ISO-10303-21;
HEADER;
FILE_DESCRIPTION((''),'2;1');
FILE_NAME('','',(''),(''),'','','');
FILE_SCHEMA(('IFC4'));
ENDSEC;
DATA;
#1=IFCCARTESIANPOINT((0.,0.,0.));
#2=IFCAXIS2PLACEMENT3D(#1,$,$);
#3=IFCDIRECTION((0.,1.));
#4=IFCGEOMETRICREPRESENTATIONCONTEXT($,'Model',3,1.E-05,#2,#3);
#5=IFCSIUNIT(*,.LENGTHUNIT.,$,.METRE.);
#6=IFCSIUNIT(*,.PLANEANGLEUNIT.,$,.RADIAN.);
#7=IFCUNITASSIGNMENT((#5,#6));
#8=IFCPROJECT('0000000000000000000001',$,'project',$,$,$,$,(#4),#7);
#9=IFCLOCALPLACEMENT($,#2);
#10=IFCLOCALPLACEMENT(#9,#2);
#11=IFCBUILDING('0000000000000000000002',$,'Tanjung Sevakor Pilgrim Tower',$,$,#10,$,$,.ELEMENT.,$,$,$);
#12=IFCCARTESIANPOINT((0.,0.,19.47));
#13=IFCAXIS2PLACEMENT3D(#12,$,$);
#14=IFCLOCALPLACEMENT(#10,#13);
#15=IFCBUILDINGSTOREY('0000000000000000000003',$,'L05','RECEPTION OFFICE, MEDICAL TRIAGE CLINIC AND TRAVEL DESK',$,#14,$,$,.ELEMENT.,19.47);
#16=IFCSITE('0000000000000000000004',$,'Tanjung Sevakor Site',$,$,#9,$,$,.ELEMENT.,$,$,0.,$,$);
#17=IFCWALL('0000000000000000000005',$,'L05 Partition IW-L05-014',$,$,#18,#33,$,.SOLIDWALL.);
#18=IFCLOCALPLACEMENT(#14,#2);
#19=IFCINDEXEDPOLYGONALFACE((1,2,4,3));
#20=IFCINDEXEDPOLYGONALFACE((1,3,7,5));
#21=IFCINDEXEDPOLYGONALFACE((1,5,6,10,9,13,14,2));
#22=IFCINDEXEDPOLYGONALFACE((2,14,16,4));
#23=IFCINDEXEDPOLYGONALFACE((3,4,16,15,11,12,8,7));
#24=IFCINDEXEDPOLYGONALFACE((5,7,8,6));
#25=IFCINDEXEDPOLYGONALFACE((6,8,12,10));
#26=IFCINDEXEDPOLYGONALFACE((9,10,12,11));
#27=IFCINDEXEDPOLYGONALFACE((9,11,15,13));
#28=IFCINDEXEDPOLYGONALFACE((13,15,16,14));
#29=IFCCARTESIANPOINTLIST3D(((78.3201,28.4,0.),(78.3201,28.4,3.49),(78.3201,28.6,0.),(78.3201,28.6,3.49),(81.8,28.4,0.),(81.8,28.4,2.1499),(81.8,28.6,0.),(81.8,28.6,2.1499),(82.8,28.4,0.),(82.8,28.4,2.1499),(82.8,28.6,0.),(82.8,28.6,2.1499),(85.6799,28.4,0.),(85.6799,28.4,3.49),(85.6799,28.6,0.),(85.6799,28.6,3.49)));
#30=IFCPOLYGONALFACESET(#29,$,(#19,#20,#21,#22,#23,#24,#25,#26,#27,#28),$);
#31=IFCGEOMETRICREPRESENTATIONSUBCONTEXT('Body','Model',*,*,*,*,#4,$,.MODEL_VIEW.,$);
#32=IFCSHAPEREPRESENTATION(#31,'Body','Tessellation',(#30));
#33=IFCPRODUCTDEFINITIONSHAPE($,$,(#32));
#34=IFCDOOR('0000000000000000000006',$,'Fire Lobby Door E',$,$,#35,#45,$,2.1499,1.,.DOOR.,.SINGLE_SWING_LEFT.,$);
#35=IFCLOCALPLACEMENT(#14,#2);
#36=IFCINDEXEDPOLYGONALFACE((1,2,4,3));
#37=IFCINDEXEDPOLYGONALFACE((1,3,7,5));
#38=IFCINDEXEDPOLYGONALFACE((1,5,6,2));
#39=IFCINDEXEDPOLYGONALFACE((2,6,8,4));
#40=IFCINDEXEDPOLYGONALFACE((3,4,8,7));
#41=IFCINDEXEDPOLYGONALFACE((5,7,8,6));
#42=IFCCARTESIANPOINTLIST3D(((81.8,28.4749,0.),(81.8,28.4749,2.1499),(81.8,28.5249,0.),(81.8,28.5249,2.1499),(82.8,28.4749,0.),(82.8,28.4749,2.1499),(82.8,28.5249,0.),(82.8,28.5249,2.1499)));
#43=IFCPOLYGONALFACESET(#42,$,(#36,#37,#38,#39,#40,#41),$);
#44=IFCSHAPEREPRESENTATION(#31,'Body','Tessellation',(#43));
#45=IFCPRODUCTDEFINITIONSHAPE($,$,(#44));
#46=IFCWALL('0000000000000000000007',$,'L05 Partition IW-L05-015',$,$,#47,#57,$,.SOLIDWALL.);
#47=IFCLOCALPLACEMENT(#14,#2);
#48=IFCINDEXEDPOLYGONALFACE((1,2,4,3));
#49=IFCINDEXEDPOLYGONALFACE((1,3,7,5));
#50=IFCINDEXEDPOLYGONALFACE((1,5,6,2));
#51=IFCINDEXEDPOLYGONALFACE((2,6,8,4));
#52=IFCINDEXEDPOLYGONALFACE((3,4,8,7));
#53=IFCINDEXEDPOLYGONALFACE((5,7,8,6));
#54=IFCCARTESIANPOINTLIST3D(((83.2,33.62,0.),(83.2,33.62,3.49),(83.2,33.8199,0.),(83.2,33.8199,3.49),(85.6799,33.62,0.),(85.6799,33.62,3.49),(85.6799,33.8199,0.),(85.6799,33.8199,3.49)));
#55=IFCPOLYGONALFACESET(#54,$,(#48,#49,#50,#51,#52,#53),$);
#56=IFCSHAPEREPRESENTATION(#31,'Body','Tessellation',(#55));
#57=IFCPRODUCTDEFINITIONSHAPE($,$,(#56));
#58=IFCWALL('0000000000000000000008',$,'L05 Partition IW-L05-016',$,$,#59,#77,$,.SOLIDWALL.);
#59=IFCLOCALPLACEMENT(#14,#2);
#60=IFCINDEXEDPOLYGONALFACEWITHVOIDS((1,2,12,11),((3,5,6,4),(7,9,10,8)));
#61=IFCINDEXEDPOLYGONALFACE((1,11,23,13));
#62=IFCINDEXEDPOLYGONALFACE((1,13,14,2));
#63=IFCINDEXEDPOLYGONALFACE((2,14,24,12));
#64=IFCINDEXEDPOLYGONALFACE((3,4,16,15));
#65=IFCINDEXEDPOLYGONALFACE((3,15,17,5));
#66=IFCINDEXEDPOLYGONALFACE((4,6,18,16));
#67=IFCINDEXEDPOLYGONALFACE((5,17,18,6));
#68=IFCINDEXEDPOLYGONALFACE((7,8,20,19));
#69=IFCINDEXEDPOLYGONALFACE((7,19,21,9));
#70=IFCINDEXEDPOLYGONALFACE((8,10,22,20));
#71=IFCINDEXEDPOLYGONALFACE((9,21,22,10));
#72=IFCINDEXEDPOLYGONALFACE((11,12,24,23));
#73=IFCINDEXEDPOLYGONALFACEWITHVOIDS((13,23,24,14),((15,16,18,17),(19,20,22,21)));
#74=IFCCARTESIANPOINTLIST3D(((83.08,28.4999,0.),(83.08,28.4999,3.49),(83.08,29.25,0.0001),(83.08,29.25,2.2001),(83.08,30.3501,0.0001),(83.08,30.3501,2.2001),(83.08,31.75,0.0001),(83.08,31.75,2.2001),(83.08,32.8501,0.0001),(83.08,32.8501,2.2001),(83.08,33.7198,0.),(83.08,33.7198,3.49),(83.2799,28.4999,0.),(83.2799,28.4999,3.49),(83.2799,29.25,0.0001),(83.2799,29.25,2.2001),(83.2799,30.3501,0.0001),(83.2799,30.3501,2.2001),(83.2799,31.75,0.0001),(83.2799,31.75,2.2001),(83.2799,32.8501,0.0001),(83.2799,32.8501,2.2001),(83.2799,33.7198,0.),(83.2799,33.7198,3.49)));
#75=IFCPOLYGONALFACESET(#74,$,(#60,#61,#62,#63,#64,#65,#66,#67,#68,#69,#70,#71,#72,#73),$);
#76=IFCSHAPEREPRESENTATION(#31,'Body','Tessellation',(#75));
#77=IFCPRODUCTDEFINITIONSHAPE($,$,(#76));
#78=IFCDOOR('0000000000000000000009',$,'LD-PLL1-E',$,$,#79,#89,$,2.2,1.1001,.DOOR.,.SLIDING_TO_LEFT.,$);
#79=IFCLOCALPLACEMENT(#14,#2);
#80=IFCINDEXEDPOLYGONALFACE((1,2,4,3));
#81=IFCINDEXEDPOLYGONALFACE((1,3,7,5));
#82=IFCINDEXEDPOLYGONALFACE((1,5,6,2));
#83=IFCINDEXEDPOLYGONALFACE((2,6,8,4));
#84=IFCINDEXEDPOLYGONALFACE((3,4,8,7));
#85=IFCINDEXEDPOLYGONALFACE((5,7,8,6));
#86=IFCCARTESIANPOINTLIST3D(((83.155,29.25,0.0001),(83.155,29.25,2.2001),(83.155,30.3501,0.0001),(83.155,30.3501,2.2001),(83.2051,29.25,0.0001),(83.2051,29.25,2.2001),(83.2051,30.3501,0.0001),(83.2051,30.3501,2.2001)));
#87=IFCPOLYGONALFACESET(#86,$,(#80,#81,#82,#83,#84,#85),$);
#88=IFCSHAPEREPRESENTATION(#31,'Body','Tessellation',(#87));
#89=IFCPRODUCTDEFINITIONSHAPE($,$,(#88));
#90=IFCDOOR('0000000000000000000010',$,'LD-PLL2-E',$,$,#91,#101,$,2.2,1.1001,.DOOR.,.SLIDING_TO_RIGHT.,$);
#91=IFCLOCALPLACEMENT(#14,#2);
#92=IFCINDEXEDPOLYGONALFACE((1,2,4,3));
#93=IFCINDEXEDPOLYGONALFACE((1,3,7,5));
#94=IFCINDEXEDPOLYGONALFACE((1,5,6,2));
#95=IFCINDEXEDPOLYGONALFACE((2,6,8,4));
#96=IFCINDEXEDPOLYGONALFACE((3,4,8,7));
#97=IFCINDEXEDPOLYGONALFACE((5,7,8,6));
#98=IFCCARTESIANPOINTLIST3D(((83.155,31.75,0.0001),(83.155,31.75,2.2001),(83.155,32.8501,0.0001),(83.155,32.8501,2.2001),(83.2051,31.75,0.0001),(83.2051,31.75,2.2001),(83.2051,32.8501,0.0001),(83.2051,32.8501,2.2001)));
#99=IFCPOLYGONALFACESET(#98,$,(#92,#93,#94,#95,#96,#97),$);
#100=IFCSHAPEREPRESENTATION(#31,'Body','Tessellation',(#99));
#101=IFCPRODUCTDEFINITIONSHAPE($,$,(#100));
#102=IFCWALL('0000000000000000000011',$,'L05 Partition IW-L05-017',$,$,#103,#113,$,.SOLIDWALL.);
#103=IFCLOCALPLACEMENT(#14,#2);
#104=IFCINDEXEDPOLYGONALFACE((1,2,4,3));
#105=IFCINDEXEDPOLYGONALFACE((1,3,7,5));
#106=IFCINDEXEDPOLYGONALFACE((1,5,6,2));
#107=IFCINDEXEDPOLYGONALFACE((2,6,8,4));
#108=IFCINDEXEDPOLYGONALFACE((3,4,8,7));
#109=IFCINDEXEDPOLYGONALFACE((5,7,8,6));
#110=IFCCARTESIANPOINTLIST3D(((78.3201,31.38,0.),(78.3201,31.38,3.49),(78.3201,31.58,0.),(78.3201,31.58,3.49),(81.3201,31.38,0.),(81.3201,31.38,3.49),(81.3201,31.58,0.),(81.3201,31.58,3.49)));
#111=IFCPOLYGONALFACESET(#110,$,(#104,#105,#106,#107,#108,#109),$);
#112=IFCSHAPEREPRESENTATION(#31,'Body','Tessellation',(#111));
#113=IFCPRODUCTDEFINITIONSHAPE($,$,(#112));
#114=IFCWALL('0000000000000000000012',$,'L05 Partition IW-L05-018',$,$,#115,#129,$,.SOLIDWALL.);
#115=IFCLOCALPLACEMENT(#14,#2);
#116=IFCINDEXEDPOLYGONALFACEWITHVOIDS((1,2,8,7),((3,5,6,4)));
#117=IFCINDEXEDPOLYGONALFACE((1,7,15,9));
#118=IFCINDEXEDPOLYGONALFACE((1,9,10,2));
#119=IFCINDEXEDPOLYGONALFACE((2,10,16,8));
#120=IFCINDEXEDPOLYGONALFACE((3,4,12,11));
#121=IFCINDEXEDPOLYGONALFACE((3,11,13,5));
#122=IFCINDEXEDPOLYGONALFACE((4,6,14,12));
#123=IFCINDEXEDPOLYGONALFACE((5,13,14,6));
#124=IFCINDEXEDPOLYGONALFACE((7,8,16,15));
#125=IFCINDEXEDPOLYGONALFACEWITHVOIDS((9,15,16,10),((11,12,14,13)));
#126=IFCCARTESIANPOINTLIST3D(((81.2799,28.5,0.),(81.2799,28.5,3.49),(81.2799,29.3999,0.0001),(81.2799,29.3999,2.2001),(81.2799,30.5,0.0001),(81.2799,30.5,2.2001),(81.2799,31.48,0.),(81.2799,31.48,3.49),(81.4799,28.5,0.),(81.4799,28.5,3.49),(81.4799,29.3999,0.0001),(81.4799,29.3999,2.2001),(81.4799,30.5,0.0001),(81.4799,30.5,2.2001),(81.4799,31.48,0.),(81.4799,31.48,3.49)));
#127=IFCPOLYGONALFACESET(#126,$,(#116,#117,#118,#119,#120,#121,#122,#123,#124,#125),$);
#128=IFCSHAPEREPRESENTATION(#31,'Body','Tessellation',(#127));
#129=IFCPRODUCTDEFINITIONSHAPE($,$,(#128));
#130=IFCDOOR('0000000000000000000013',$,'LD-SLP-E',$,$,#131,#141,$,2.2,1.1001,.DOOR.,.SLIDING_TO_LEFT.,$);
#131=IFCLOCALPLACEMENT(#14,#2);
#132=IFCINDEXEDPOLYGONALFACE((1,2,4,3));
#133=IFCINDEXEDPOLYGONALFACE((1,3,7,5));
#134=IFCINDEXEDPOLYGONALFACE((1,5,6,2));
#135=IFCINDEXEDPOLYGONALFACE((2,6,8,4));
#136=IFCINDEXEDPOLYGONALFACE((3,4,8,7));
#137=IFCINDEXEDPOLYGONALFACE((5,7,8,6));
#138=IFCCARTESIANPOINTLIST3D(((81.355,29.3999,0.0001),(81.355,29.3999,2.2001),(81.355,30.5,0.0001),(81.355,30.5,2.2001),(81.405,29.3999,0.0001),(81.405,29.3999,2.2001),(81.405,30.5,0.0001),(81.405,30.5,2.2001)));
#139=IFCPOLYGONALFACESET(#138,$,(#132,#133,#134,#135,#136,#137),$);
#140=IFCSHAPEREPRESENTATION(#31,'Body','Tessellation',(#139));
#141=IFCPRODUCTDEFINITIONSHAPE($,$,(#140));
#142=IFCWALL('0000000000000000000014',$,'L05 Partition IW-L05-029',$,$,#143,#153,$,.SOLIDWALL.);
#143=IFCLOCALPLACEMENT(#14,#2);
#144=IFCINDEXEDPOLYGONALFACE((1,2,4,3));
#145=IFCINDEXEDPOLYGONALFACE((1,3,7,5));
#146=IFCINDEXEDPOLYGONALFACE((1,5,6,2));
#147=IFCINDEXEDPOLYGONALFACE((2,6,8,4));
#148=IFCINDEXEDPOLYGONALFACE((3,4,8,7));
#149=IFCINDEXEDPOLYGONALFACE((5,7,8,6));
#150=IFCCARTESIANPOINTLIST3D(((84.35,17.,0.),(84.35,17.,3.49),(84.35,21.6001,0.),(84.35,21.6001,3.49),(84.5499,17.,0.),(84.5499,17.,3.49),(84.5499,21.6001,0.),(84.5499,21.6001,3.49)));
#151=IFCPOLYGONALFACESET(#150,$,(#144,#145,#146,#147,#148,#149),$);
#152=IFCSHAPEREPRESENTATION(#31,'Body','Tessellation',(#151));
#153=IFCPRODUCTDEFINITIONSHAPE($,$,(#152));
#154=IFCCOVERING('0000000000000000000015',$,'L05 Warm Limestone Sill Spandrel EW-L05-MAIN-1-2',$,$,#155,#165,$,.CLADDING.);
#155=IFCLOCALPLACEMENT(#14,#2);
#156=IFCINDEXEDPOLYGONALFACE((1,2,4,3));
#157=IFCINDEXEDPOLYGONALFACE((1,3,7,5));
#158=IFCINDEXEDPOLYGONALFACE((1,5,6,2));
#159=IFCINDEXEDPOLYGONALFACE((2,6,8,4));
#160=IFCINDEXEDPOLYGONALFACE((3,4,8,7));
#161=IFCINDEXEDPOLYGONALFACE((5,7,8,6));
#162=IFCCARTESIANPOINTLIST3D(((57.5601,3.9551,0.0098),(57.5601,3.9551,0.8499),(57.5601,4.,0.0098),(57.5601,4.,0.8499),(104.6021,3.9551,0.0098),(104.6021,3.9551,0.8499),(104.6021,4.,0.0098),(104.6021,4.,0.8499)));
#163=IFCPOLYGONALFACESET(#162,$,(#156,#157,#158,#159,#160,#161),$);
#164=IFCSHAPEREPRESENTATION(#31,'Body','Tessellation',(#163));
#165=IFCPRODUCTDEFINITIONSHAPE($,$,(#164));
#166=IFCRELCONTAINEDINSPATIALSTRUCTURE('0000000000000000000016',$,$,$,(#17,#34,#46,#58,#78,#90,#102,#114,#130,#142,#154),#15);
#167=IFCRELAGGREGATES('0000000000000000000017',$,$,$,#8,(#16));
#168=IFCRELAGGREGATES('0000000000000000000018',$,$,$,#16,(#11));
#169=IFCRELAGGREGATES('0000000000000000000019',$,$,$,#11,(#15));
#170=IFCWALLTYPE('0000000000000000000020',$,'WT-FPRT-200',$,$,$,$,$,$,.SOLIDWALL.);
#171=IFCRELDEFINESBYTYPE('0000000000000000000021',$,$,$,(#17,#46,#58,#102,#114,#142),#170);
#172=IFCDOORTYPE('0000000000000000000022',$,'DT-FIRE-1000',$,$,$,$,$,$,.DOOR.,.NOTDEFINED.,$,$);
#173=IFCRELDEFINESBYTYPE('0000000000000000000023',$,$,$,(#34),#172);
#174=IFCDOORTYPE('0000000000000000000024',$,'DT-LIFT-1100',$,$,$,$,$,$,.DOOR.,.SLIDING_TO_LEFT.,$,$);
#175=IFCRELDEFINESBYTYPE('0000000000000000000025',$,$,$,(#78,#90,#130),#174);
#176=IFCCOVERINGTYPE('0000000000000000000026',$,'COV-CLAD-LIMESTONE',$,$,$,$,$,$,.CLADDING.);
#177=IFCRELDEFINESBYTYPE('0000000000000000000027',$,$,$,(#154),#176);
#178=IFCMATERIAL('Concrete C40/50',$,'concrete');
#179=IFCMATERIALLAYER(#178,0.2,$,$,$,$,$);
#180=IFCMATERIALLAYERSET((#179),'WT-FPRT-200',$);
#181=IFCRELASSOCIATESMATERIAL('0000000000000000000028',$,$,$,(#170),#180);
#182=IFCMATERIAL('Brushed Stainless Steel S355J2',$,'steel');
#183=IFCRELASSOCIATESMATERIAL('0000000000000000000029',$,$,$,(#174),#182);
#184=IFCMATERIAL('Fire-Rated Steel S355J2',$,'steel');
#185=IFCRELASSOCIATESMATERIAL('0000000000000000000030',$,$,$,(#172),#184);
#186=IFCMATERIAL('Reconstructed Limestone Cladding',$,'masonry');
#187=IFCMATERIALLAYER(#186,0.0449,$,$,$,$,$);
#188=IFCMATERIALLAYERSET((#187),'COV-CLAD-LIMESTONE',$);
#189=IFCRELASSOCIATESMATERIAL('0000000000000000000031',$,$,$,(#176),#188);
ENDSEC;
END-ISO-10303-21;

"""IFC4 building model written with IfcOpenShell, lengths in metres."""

from ifc_helpers import new_model, si_unit, direction, frame, frame_2d, origin, origin_2d, place, context, subcontext, project, spatial, rectangle, extrude, material, layer, layer_set, type_object, element, fill, save


model = new_model("IFC4")

# Units and contexts
model_context = context("Model", 3, precision=1e-05, world=origin(), true_north=direction((0.0, 1.0)))
body_context = subcontext(model_context, "Body", "Model", "MODEL_VIEW")
ifc_project = project(units=[si_unit("LENGTHUNIT", "METRE"), si_unit("PLANEANGLEUNIT", "RADIAN")], contexts=[model_context])

# Site, building, storey
site_placement = place(None, origin())
site = spatial("IfcSite", under=ifc_project, at=site_placement, Name="Tanjung Sevakor Site", CompositionType="ELEMENT", RefElevation=0.0)
building_placement = place(site_placement, origin())
building = spatial("IfcBuilding", under=site, at=building_placement, Name="Tanjung Sevakor Pilgrim Tower", CompositionType="ELEMENT")
storey_placement = place(building_placement, frame((0.0, 0.0, 19.47)))
storey = spatial("IfcBuildingStorey", under=building, at=storey_placement, Name="L05", Description="RECEPTION OFFICE, MEDICAL TRIAGE CLINIC AND TRAVEL DESK", CompositionType="ELEMENT", Elevation=19.47)

# Wall, opening, door
ifc_material_1 = material(Name="Concrete C40/50", Category="concrete")
ifc_layer_1 = layer(ifc_material_1, 0.2)
ifc_layer_set_1 = layer_set([ifc_layer_1], Name="WT-FPRT-200")
wall_type_1 = type_object("IfcWallType", Name="WT-FPRT-200", PredefinedType="SOLIDWALL", material=ifc_layer_set_1)
ifc_material_2 = material(Name="Brushed Stainless Steel S355J2", Category="steel")
door_type_1 = type_object("IfcDoorType", Name="DT-LIFT-1100", OperationType="SLIDING_TO_LEFT", PredefinedType="DOOR", material=ifc_material_2)
wall_1_placement = place(storey_placement, frame((78.3201, 28.5, 0.0), z_axis=(0.0, 0.0, 1.0), x_axis=(1.0, 0.0, 0.0)))
wall_1 = element("IfcWall", 1, at=wall_1_placement, inside=storey, type_object=wall_type_1, Name="L05 Partition IW-L05-014", PredefinedType="SOLIDWALL", context=body_context, shape_type="SweptSolid", body=[
    extrude(rectangle(XDim=7.3599, YDim=0.2, at=frame_2d((3.6799, 0.0))), origin(), (0.0, 0.0, 1.0), 3.49),
])
opening_1_placement = place(wall_1_placement, frame((3.48, 0.0, 0.0)))
opening_1 = element("IfcOpeningElement", 2, at=opening_1_placement, cuts=wall_1, PredefinedType="OPENING", context=body_context, shape_type="SweptSolid", body=[
    extrude(rectangle(XDim=1.0, YDim=2.1499, at=frame_2d((0.5, 1.075))), frame((0.0, 0.1099, 0.0), z_axis=(0.0, -1.0, 0.0), x_axis=(1.0, 0.0, 0.0)), (0.0, 0.0, 1.0), 0.22),
])
ifc_material_3 = material(Name="Fire-Rated Steel S355J2", Category="steel")
door_type_2 = type_object("IfcDoorType", Name="DT-FIRE-1000", OperationType="NOTDEFINED", PredefinedType="DOOR", material=ifc_material_3)
door_1_placement = place(opening_1_placement, origin())
door_1 = element("IfcDoor", 3, at=door_1_placement, inside=storey, type_object=door_type_2, Name="Fire Lobby Door E", OperationType="SINGLE_SWING_LEFT", OverallHeight=2.1499, OverallWidth=1.0, PredefinedType="DOOR", context=body_context, shape_type="SweptSolid", body=[
    extrude(rectangle(XDim=1.0, YDim=2.1499, at=frame_2d((0.5, 1.075))), frame((0.0, 0.0249, 0.0), z_axis=(0.0, -1.0, 0.0), x_axis=(1.0, 0.0, 0.0)), (0.0, 0.0, 1.0), 0.05),
])
fill(opening_1, door_1)

# Wall
wall_2_placement = place(storey_placement, frame((83.2, 33.72, 0.0), z_axis=(0.0, 0.0, 1.0), x_axis=(1.0, 0.0, 0.0)))
element("IfcWall", 4, at=wall_2_placement, inside=storey, type_object=wall_type_1, Name="L05 Partition IW-L05-015", PredefinedType="SOLIDWALL", context=body_context, shape_type="SweptSolid", body=[
    extrude(rectangle(XDim=2.48, YDim=0.2, at=frame_2d((1.24, 0.0))), origin(), (0.0, 0.0, 1.0), 3.49),
])

# Wall, openings, doors
wall_3_placement = place(storey_placement, frame((83.1799, 28.5, 0.0), z_axis=(0.0, 0.0, 1.0), x_axis=(0.0, 1.0, 0.0)))
wall_3 = element("IfcWall", 5, at=wall_3_placement, inside=storey, type_object=wall_type_1, Name="L05 Partition IW-L05-016", PredefinedType="SOLIDWALL", context=body_context, shape_type="SweptSolid", body=[
    extrude(rectangle(XDim=5.22, YDim=0.2, at=frame_2d((2.6099, 0.0))), origin(), (0.0, 0.0, 1.0), 3.49),
])
opening_2_placement = place(wall_3_placement, frame((0.75, 0.0, 0.0)))
opening_2 = element("IfcOpeningElement", 6, at=opening_2_placement, cuts=wall_3, PredefinedType="OPENING", context=body_context, shape_type="SweptSolid", body=[
    extrude(rectangle(XDim=1.1001, YDim=2.2, at=frame_2d((0.55, 1.1001))), frame((0.0, 0.1099, 0.0), z_axis=(0.0, -1.0, 0.0), x_axis=(1.0, 0.0, 0.0)), (0.0, 0.0, 1.0), 0.22),
])
opening_3_placement = place(wall_3_placement, frame((3.25, 0.0, 0.0)))
opening_3 = element("IfcOpeningElement", 7, at=opening_3_placement, cuts=wall_3, PredefinedType="OPENING", context=body_context, shape_type="SweptSolid", body=[
    extrude(rectangle(XDim=1.1001, YDim=2.2, at=frame_2d((0.55, 1.1001))), frame((0.0, 0.1099, 0.0), z_axis=(0.0, -1.0, 0.0), x_axis=(1.0, 0.0, 0.0)), (0.0, 0.0, 1.0), 0.22),
])
door_2_placement = place(opening_2_placement, origin())
door_2 = element("IfcDoor", 8, at=door_2_placement, inside=storey, type_object=door_type_1, Name="LD-PLL1-E", OperationType="SLIDING_TO_LEFT", OverallHeight=2.2, OverallWidth=1.1001, PredefinedType="DOOR", context=body_context, shape_type="SweptSolid", body=[
    extrude(rectangle(XDim=1.1001, YDim=2.2, at=frame_2d((0.55, 1.1001))), frame((0.0, 0.0249, 0.0), z_axis=(0.0, -1.0, 0.0), x_axis=(1.0, 0.0, 0.0)), (0.0, 0.0, 1.0), 0.05),
])
fill(opening_2, door_2)
door_3_placement = place(opening_3_placement, origin())
door_3 = element("IfcDoor", 9, at=door_3_placement, inside=storey, type_object=door_type_1, Name="LD-PLL2-E", OperationType="SLIDING_TO_RIGHT", OverallHeight=2.2, OverallWidth=1.1001, PredefinedType="DOOR", context=body_context, shape_type="SweptSolid", body=[
    extrude(rectangle(XDim=1.1001, YDim=2.2, at=frame_2d((0.55, 1.1001))), frame((0.0, 0.0249, 0.0), z_axis=(0.0, -1.0, 0.0), x_axis=(1.0, 0.0, 0.0)), (0.0, 0.0, 1.0), 0.05),
])
fill(opening_3, door_3)

# Wall
wall_4_placement = place(storey_placement, frame((78.3201, 31.48, 0.0), z_axis=(0.0, 0.0, 1.0), x_axis=(1.0, 0.0, 0.0)))
element("IfcWall", 10, at=wall_4_placement, inside=storey, type_object=wall_type_1, Name="L05 Partition IW-L05-017", PredefinedType="SOLIDWALL", context=body_context, shape_type="SweptSolid", body=[
    extrude(rectangle(XDim=3.0, YDim=0.2, at=frame_2d((1.5, 0.0))), origin(), (0.0, 0.0, 1.0), 3.49),
])

# Wall, opening, door
wall_5_placement = place(storey_placement, frame((81.3799, 28.5, 0.0), z_axis=(0.0, 0.0, 1.0), x_axis=(0.0, 1.0, 0.0)))
wall_5 = element("IfcWall", 11, at=wall_5_placement, inside=storey, type_object=wall_type_1, Name="L05 Partition IW-L05-018", PredefinedType="SOLIDWALL", context=body_context, shape_type="SweptSolid", body=[
    extrude(rectangle(XDim=2.98, YDim=0.2, at=frame_2d((1.49, 0.0))), origin(), (0.0, 0.0, 1.0), 3.49),
])
opening_4_placement = place(wall_5_placement, frame((0.8999, 0.0, 0.0)))
opening_4 = element("IfcOpeningElement", 12, at=opening_4_placement, cuts=wall_5, PredefinedType="OPENING", context=body_context, shape_type="SweptSolid", body=[
    extrude(rectangle(XDim=1.1001, YDim=2.2, at=frame_2d((0.55, 1.1001))), frame((0.0, 0.1099, 0.0), z_axis=(0.0, -1.0, 0.0), x_axis=(1.0, 0.0, 0.0)), (0.0, 0.0, 1.0), 0.22),
])
door_4_placement = place(opening_4_placement, origin())
door_4 = element("IfcDoor", 13, at=door_4_placement, inside=storey, type_object=door_type_1, Name="LD-SLP-E", OperationType="SLIDING_TO_LEFT", OverallHeight=2.2, OverallWidth=1.1001, PredefinedType="DOOR", context=body_context, shape_type="SweptSolid", body=[
    extrude(rectangle(XDim=1.1001, YDim=2.2, at=frame_2d((0.55, 1.1001))), frame((0.0, 0.0249, 0.0), z_axis=(0.0, -1.0, 0.0), x_axis=(1.0, 0.0, 0.0)), (0.0, 0.0, 1.0), 0.05),
])
fill(opening_4, door_4)

# Wall
wall_6_placement = place(storey_placement, frame((84.45, 17.0, 0.0), z_axis=(0.0, 0.0, 1.0), x_axis=(0.0, 1.0, 0.0)))
element("IfcWall", 14, at=wall_6_placement, inside=storey, type_object=wall_type_1, Name="L05 Partition IW-L05-029", PredefinedType="SOLIDWALL", context=body_context, shape_type="SweptSolid", body=[
    extrude(rectangle(XDim=4.6001, YDim=0.2, at=frame_2d((2.3, 0.0))), origin(), (0.0, 0.0, 1.0), 3.49),
])

# Covering
ifc_material_4 = material(Name="Reconstructed Limestone Cladding", Category="masonry")
ifc_layer_2 = layer(ifc_material_4, 0.0449)
ifc_layer_set_2 = layer_set([ifc_layer_2], Name="COV-CLAD-LIMESTONE")
covering_type = type_object("IfcCoveringType", Name="COV-CLAD-LIMESTONE", PredefinedType="CLADDING", material=ifc_layer_set_2)
covering_placement = place(storey_placement, frame((81.0811, 3.9775, 0.0098), z_axis=(0.0, 0.0, 1.0), x_axis=(1.0, 0.0, 0.0)))
element("IfcCovering", 15, at=covering_placement, inside=storey, type_object=covering_type, Name="L05 Warm Limestone Sill Spandrel EW-L05-MAIN-1-2", PredefinedType="CLADDING", context=body_context, shape_type="SweptSolid", body=[
    extrude(rectangle(XDim=47.042, YDim=0.0449, at=origin_2d()), origin(), (0.0, 0.0, 1.0), 0.8401),
])

save(model, "model.ifc")
